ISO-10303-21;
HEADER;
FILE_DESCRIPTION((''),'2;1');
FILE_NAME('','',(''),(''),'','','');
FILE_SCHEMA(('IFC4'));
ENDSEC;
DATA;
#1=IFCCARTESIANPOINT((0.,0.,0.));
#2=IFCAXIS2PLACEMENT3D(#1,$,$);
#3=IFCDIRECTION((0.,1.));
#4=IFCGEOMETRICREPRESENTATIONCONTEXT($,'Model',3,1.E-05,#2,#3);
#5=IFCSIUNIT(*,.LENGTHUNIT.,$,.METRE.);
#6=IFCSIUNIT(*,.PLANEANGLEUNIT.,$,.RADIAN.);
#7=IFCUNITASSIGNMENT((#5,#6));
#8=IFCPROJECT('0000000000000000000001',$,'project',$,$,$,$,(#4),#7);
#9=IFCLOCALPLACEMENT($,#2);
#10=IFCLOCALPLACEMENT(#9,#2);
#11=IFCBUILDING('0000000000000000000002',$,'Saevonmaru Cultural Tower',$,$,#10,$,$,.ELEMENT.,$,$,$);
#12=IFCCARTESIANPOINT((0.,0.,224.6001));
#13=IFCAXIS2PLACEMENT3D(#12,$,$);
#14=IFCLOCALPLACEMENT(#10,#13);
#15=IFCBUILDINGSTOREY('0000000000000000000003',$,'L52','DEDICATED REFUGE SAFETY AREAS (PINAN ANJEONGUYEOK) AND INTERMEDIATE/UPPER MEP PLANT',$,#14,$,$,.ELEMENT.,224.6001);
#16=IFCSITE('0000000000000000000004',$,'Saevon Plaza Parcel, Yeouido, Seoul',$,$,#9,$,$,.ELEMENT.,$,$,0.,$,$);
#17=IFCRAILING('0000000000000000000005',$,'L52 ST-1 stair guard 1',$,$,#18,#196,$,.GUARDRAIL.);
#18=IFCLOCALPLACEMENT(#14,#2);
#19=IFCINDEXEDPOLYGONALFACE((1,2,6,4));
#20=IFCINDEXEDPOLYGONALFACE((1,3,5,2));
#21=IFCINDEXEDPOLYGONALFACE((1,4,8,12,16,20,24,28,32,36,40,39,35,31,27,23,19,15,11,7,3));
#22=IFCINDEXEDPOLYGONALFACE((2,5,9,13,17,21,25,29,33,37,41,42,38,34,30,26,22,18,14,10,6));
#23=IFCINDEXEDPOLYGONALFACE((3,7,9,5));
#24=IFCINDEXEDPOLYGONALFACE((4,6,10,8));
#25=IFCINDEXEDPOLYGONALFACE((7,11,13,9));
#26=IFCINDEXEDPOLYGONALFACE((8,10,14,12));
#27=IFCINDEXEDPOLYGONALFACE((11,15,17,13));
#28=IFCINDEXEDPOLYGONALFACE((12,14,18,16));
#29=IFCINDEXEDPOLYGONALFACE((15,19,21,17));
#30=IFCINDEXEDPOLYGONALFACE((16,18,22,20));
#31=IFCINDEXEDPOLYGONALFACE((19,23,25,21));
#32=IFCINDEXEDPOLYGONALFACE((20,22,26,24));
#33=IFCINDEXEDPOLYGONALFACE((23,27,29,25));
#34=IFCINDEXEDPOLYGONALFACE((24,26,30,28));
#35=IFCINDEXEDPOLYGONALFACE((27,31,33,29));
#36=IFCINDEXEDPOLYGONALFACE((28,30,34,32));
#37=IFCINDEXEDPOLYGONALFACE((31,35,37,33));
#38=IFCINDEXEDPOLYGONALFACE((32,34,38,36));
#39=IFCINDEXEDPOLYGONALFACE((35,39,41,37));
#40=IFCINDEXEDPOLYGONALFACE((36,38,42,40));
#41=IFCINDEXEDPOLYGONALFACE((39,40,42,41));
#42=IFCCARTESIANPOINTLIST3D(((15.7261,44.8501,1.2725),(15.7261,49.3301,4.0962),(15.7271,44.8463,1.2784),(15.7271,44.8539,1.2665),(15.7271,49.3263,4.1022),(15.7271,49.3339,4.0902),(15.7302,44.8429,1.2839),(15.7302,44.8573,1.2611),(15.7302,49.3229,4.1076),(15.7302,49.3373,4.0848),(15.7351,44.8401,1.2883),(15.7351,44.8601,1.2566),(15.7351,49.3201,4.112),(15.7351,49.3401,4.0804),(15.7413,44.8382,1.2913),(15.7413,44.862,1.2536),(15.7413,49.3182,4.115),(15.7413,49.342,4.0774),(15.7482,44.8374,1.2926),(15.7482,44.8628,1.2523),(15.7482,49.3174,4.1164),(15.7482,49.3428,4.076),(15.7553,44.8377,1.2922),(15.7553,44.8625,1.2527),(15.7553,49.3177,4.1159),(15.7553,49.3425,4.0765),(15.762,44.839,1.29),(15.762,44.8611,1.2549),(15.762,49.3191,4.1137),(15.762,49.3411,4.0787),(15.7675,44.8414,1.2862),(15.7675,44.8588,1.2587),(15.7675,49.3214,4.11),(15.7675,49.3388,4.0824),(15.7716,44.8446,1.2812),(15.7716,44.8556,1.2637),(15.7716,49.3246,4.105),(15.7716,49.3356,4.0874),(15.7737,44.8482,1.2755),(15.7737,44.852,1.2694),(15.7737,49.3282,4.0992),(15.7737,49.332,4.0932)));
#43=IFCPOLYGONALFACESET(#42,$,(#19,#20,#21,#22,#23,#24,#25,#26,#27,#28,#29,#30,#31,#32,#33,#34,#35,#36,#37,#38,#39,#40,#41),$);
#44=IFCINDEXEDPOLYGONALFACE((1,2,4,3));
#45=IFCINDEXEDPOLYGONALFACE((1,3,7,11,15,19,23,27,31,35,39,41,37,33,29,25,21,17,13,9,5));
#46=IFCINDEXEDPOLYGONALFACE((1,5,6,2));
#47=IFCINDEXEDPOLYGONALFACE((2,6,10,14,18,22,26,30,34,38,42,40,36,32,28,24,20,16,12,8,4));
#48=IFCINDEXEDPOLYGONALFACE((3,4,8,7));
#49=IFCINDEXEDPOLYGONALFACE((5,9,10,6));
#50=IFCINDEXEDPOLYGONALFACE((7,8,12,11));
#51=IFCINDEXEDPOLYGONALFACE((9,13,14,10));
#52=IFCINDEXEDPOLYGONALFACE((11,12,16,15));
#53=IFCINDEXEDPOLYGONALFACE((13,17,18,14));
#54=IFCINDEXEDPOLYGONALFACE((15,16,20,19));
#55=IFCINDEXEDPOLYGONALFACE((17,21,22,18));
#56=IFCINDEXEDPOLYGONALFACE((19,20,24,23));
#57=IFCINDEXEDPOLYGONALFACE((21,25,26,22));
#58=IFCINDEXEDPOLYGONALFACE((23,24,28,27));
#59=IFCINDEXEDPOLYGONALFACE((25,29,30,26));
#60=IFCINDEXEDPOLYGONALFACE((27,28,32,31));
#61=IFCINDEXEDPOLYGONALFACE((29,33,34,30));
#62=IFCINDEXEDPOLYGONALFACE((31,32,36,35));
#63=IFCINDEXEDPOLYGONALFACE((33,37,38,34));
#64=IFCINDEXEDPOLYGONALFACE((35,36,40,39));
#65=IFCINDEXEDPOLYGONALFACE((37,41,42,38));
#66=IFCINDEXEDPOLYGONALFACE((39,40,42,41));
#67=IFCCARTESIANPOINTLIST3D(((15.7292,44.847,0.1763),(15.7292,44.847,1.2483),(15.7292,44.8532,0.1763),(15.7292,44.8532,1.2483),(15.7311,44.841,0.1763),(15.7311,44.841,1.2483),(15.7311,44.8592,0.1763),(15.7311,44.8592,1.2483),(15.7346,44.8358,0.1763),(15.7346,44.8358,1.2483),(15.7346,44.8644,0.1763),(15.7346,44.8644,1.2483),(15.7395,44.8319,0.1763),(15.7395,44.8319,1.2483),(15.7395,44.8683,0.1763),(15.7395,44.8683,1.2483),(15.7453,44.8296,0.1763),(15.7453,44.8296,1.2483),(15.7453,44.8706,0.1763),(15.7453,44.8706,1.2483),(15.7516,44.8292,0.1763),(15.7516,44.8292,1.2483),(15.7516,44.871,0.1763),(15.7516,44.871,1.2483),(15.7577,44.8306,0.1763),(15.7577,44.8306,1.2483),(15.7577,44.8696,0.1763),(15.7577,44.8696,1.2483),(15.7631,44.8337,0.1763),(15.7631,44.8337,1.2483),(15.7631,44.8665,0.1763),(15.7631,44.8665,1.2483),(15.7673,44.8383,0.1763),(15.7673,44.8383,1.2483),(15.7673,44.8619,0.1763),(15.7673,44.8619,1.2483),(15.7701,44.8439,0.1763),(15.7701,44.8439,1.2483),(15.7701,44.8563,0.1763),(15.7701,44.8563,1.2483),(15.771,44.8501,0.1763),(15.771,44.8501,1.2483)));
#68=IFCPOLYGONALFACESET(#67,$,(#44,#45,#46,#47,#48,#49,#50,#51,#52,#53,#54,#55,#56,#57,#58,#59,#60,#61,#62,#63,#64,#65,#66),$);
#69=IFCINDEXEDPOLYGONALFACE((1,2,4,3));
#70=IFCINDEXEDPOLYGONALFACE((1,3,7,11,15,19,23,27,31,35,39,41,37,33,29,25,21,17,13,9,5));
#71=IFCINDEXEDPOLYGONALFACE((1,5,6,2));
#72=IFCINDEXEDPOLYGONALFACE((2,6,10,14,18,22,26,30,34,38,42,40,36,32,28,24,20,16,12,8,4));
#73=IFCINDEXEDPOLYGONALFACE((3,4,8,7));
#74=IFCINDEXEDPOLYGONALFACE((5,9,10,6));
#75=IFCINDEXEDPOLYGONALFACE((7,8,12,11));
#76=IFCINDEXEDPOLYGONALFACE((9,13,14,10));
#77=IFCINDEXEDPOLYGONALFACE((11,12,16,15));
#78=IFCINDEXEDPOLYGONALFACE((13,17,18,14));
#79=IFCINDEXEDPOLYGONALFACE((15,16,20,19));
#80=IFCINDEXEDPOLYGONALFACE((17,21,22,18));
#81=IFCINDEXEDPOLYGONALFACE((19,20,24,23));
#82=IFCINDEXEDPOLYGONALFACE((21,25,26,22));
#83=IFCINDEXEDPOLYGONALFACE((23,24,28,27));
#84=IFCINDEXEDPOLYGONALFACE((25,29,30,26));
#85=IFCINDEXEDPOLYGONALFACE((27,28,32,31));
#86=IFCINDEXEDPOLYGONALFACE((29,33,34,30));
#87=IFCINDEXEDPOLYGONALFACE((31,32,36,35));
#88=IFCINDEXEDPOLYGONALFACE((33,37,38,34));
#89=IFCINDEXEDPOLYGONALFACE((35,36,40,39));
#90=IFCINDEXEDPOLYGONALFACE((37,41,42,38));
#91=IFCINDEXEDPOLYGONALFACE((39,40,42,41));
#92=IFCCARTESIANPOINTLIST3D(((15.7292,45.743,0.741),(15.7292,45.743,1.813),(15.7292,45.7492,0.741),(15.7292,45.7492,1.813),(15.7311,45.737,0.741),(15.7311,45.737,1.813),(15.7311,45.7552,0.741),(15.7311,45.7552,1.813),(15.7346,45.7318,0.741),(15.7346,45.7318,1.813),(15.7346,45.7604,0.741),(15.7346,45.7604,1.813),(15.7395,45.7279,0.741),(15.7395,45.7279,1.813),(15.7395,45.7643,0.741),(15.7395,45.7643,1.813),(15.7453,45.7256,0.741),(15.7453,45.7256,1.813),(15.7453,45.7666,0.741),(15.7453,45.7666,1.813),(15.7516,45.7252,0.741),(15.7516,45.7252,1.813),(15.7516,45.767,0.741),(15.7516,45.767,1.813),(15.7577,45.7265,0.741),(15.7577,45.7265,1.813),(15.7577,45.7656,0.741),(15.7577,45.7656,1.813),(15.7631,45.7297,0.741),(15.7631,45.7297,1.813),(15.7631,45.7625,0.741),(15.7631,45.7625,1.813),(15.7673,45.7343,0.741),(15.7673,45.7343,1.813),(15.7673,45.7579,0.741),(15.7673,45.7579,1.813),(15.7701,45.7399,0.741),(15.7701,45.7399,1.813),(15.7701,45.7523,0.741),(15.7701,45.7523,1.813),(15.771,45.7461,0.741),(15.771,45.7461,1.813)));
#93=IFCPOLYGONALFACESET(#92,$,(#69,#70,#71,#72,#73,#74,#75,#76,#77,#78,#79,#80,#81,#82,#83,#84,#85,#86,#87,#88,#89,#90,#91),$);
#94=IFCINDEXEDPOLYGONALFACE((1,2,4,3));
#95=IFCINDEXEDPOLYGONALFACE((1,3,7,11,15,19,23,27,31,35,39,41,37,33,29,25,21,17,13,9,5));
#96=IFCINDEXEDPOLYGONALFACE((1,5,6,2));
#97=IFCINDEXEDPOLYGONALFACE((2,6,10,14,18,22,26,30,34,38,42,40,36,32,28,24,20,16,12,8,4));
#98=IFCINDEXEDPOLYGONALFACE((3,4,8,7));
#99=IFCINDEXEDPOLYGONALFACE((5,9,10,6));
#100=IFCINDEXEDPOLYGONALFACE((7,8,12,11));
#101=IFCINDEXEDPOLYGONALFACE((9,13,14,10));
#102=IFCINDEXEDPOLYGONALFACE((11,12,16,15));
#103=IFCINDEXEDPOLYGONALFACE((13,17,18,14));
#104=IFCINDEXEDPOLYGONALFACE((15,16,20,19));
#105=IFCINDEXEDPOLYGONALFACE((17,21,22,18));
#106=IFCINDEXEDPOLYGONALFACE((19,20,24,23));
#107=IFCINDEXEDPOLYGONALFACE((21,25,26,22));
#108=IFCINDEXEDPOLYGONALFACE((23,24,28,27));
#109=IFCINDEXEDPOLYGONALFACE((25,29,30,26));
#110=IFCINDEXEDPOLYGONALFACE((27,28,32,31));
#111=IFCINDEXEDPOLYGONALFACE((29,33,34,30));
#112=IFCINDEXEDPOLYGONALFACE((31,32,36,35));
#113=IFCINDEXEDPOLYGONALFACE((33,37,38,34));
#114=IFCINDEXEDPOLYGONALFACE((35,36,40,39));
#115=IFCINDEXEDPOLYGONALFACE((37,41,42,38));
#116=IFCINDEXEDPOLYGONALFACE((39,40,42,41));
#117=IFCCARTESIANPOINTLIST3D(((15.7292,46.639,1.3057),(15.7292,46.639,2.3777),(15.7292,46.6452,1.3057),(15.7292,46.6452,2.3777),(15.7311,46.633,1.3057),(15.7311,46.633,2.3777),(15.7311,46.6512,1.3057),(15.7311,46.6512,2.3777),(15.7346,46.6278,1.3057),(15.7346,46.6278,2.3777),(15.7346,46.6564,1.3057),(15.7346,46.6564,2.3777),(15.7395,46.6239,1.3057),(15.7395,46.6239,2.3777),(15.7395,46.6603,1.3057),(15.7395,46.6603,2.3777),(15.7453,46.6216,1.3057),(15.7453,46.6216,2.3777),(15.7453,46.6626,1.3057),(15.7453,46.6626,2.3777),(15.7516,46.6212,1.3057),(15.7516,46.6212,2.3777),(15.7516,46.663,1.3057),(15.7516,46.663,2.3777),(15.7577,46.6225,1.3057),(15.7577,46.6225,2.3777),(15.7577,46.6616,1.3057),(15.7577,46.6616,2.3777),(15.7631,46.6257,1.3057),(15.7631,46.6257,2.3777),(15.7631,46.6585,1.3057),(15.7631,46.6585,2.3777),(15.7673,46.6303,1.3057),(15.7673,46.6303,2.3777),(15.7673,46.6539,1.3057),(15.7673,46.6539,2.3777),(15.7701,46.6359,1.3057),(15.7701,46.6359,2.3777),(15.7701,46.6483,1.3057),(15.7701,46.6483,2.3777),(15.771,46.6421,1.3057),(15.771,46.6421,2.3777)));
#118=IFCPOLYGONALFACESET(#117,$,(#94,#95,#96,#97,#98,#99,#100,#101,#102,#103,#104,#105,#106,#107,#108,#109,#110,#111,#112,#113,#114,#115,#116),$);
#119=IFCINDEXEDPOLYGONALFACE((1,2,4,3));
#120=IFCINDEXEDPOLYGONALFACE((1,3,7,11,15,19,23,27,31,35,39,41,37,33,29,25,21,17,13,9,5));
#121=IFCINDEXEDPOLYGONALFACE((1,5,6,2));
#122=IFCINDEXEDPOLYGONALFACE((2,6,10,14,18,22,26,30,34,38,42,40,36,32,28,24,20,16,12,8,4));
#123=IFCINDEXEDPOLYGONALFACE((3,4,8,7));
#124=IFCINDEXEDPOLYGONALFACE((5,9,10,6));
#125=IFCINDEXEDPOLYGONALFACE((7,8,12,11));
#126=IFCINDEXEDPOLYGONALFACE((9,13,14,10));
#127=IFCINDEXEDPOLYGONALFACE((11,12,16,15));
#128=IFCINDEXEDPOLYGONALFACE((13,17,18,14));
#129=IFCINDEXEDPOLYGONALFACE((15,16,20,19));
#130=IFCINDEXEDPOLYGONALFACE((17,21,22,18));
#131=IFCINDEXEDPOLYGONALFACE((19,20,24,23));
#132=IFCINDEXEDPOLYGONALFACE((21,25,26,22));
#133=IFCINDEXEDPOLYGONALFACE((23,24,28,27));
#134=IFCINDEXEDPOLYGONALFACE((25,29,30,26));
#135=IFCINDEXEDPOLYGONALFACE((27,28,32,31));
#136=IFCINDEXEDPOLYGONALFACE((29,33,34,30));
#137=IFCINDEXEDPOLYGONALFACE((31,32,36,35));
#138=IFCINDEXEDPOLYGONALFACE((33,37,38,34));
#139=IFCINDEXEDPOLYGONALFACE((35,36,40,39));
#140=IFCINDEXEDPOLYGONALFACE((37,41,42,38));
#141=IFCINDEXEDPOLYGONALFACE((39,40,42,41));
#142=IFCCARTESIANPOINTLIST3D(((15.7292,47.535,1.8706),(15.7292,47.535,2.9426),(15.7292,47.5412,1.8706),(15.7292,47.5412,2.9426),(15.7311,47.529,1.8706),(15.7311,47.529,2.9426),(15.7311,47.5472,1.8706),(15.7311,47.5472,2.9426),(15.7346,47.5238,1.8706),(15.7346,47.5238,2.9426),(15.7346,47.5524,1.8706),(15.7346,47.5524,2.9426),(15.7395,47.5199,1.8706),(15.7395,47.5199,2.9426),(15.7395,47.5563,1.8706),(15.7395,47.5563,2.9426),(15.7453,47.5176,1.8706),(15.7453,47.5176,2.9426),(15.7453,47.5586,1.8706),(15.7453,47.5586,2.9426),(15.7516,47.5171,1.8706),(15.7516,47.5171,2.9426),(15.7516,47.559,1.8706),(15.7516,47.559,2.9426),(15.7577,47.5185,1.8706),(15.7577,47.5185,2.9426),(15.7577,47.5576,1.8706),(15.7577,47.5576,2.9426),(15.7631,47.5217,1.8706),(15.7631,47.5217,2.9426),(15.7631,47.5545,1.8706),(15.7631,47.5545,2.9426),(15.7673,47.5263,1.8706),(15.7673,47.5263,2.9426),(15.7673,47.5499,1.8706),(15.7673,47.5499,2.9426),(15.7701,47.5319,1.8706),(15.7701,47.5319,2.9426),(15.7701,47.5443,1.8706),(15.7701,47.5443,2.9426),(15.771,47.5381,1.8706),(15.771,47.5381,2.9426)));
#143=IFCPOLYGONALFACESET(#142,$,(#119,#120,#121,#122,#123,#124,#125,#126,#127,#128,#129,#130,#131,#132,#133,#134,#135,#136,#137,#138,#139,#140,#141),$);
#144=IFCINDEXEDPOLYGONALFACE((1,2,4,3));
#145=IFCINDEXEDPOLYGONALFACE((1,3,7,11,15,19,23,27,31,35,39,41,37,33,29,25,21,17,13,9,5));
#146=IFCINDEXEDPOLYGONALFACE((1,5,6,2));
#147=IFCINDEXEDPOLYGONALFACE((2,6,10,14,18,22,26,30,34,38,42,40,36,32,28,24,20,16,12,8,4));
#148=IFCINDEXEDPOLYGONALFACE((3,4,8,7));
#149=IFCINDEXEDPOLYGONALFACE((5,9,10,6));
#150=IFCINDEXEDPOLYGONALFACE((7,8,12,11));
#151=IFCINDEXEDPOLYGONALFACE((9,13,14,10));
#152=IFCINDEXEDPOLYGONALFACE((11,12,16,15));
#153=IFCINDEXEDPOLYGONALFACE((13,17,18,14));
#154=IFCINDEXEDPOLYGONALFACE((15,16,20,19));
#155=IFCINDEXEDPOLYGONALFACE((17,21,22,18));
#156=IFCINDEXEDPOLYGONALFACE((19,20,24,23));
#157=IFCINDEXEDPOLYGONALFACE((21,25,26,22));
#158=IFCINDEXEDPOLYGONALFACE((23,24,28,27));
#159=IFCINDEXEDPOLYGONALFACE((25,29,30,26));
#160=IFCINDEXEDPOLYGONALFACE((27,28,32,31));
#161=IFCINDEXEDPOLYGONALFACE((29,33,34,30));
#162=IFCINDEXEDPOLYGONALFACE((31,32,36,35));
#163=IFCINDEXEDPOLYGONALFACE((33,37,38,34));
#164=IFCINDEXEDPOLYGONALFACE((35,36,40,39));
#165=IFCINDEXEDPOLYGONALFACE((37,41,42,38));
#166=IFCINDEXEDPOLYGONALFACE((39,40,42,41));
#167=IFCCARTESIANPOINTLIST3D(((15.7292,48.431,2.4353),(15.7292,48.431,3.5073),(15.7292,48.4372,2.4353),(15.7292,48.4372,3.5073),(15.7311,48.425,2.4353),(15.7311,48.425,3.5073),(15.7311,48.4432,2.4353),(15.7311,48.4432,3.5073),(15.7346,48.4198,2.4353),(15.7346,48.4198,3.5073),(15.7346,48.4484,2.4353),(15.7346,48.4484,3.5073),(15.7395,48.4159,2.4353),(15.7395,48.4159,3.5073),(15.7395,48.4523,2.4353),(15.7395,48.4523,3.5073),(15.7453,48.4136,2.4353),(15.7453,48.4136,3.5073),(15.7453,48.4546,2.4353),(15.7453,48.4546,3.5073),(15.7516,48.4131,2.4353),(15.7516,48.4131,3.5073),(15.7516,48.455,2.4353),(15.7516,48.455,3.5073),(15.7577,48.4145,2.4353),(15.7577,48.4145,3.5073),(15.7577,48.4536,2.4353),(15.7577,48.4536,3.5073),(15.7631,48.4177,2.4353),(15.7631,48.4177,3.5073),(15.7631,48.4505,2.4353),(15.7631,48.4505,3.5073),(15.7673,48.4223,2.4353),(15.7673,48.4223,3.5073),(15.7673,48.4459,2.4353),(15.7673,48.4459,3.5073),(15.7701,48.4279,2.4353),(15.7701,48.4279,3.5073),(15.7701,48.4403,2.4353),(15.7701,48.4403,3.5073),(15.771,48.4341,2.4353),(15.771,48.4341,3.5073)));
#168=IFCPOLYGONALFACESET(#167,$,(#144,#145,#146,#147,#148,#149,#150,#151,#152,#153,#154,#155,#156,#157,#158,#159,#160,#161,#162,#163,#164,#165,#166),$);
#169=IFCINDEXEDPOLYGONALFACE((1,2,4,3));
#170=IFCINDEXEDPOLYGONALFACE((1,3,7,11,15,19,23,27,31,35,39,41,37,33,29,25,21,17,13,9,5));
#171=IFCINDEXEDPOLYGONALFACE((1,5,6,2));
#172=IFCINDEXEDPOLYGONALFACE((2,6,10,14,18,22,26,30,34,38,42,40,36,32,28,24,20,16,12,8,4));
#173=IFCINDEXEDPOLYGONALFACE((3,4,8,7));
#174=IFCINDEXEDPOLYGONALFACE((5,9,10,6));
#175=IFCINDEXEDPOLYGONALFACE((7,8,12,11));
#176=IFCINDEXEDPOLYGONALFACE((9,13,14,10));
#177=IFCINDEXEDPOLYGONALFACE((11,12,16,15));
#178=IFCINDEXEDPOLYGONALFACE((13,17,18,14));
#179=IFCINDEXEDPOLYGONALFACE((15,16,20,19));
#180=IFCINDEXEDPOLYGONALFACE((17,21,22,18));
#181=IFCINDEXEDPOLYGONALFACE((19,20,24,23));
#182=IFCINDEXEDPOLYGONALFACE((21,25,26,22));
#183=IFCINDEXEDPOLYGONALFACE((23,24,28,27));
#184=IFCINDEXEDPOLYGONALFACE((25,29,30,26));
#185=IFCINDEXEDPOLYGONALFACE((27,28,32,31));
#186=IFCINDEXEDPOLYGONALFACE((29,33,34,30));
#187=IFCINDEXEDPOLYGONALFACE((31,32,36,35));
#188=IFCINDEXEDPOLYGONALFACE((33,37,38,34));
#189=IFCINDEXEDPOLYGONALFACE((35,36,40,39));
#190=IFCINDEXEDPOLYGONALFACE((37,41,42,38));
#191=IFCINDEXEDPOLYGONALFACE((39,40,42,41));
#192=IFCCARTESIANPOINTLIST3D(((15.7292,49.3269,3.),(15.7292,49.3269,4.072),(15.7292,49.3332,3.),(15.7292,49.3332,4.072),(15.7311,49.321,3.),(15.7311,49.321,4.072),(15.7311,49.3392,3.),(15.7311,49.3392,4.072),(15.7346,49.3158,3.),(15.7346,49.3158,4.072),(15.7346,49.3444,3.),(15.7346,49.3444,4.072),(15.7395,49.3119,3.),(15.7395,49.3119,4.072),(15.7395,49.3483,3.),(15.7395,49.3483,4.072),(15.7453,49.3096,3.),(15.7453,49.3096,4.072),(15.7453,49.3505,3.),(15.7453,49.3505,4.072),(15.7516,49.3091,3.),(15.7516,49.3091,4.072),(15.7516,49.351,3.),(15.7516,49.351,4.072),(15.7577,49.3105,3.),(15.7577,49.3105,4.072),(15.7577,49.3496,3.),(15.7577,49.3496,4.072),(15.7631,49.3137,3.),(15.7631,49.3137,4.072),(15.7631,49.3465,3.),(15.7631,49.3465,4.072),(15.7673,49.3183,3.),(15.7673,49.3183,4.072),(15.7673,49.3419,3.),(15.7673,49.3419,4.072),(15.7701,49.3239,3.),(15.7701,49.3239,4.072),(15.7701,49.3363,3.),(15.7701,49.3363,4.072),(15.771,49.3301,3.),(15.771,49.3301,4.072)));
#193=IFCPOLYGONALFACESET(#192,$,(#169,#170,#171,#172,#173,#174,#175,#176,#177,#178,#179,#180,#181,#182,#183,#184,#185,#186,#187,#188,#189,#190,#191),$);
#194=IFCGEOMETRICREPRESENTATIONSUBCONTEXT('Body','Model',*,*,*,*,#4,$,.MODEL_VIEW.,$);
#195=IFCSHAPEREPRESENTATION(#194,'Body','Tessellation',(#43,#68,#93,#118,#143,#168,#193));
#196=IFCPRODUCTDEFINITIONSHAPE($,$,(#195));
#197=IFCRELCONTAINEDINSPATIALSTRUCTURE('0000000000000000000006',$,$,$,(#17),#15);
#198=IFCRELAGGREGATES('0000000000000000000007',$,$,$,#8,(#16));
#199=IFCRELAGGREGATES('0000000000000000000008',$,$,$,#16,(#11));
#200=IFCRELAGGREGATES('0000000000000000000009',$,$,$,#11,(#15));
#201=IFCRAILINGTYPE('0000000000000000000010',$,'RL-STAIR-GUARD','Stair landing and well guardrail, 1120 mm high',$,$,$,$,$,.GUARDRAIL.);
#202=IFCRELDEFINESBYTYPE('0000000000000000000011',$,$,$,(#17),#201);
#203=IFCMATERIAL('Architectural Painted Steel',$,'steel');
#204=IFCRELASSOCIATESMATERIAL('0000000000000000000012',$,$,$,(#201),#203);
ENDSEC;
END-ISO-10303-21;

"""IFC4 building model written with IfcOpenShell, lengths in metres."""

from ifc_helpers import new_model, si_unit, direction, frame, origin, origin_2d, place, context, subcontext, project, spatial, circle, extrude, material, type_object, element, save


model = new_model("IFC4")

# Units and contexts
model_context = context("Model", 3, precision=1e-05, world=origin(), true_north=direction((0.0, 1.0)))
body_context = subcontext(model_context, "Body", "Model", "MODEL_VIEW")
ifc_project = project(units=[si_unit("LENGTHUNIT", "METRE"), si_unit("PLANEANGLEUNIT", "RADIAN")], contexts=[model_context])

# Site, building, storey
site_placement = place(None, origin())
site = spatial("IfcSite", under=ifc_project, at=site_placement, Name="Saevon Plaza Parcel, Yeouido, Seoul", CompositionType="ELEMENT", RefElevation=0.0)
building_placement = place(site_placement, origin())
building = spatial("IfcBuilding", under=site, at=building_placement, Name="Saevonmaru Cultural Tower", CompositionType="ELEMENT")
storey_placement = place(building_placement, frame((0.0, 0.0, 224.6001)))
storey = spatial("IfcBuildingStorey", under=building, at=storey_placement, Name="L52", Description="DEDICATED REFUGE SAFETY AREAS (PINAN ANJEONGUYEOK) AND INTERMEDIATE/UPPER MEP PLANT", CompositionType="ELEMENT", Elevation=224.6001)

# Railing
ifc_material_1 = material(Name="Architectural Painted Steel", Category="steel")
railing_type_1 = type_object("IfcRailingType", Name="RL-STAIR-GUARD", Description="Stair landing and well guardrail, 1120 mm high", PredefinedType="GUARDRAIL", material=ifc_material_1)
railing_1_placement = place(storey_placement, frame((15.75, 44.8501, 0.1763)))
element("IfcRailing", 1, at=railing_1_placement, inside=storey, type_object=railing_type_1, Name="L52 ST-1 stair guard 1", PredefinedType="GUARDRAIL", context=body_context, shape_type="SweptSolid", body=[
    extrude(circle(Radius=0.0239, at=origin_2d()), frame((0.0, 0.0, 1.0962), z_axis=(0.0, 0.845977, 0.533219), x_axis=(-1.0, 0.0, 0.0)), (0.0, 0.0, 1.0), 5.2957),
    extrude(circle(Radius=0.021, at=origin_2d()), origin(), (0.0, 0.0, 1.0), 1.072),
    extrude(circle(Radius=0.021, at=origin_2d()), frame((0.0, 0.896, 0.5647)), (0.0, 0.0, 1.0), 1.072),
    extrude(circle(Radius=0.021, at=origin_2d()), frame((0.0, 1.792, 1.1294)), (0.0, 0.0, 1.0), 1.072),
    extrude(circle(Radius=0.021, at=origin_2d()), frame((0.0, 2.688, 1.6943)), (0.0, 0.0, 1.0), 1.072),
    extrude(circle(Radius=0.021, at=origin_2d()), frame((0.0, 3.584, 2.259)), (0.0, 0.0, 1.0), 1.072),
    extrude(circle(Radius=0.021, at=origin_2d()), frame((0.0, 4.48, 2.8237)), (0.0, 0.0, 1.0), 1.072),
])

save(model, "model.ifc")
